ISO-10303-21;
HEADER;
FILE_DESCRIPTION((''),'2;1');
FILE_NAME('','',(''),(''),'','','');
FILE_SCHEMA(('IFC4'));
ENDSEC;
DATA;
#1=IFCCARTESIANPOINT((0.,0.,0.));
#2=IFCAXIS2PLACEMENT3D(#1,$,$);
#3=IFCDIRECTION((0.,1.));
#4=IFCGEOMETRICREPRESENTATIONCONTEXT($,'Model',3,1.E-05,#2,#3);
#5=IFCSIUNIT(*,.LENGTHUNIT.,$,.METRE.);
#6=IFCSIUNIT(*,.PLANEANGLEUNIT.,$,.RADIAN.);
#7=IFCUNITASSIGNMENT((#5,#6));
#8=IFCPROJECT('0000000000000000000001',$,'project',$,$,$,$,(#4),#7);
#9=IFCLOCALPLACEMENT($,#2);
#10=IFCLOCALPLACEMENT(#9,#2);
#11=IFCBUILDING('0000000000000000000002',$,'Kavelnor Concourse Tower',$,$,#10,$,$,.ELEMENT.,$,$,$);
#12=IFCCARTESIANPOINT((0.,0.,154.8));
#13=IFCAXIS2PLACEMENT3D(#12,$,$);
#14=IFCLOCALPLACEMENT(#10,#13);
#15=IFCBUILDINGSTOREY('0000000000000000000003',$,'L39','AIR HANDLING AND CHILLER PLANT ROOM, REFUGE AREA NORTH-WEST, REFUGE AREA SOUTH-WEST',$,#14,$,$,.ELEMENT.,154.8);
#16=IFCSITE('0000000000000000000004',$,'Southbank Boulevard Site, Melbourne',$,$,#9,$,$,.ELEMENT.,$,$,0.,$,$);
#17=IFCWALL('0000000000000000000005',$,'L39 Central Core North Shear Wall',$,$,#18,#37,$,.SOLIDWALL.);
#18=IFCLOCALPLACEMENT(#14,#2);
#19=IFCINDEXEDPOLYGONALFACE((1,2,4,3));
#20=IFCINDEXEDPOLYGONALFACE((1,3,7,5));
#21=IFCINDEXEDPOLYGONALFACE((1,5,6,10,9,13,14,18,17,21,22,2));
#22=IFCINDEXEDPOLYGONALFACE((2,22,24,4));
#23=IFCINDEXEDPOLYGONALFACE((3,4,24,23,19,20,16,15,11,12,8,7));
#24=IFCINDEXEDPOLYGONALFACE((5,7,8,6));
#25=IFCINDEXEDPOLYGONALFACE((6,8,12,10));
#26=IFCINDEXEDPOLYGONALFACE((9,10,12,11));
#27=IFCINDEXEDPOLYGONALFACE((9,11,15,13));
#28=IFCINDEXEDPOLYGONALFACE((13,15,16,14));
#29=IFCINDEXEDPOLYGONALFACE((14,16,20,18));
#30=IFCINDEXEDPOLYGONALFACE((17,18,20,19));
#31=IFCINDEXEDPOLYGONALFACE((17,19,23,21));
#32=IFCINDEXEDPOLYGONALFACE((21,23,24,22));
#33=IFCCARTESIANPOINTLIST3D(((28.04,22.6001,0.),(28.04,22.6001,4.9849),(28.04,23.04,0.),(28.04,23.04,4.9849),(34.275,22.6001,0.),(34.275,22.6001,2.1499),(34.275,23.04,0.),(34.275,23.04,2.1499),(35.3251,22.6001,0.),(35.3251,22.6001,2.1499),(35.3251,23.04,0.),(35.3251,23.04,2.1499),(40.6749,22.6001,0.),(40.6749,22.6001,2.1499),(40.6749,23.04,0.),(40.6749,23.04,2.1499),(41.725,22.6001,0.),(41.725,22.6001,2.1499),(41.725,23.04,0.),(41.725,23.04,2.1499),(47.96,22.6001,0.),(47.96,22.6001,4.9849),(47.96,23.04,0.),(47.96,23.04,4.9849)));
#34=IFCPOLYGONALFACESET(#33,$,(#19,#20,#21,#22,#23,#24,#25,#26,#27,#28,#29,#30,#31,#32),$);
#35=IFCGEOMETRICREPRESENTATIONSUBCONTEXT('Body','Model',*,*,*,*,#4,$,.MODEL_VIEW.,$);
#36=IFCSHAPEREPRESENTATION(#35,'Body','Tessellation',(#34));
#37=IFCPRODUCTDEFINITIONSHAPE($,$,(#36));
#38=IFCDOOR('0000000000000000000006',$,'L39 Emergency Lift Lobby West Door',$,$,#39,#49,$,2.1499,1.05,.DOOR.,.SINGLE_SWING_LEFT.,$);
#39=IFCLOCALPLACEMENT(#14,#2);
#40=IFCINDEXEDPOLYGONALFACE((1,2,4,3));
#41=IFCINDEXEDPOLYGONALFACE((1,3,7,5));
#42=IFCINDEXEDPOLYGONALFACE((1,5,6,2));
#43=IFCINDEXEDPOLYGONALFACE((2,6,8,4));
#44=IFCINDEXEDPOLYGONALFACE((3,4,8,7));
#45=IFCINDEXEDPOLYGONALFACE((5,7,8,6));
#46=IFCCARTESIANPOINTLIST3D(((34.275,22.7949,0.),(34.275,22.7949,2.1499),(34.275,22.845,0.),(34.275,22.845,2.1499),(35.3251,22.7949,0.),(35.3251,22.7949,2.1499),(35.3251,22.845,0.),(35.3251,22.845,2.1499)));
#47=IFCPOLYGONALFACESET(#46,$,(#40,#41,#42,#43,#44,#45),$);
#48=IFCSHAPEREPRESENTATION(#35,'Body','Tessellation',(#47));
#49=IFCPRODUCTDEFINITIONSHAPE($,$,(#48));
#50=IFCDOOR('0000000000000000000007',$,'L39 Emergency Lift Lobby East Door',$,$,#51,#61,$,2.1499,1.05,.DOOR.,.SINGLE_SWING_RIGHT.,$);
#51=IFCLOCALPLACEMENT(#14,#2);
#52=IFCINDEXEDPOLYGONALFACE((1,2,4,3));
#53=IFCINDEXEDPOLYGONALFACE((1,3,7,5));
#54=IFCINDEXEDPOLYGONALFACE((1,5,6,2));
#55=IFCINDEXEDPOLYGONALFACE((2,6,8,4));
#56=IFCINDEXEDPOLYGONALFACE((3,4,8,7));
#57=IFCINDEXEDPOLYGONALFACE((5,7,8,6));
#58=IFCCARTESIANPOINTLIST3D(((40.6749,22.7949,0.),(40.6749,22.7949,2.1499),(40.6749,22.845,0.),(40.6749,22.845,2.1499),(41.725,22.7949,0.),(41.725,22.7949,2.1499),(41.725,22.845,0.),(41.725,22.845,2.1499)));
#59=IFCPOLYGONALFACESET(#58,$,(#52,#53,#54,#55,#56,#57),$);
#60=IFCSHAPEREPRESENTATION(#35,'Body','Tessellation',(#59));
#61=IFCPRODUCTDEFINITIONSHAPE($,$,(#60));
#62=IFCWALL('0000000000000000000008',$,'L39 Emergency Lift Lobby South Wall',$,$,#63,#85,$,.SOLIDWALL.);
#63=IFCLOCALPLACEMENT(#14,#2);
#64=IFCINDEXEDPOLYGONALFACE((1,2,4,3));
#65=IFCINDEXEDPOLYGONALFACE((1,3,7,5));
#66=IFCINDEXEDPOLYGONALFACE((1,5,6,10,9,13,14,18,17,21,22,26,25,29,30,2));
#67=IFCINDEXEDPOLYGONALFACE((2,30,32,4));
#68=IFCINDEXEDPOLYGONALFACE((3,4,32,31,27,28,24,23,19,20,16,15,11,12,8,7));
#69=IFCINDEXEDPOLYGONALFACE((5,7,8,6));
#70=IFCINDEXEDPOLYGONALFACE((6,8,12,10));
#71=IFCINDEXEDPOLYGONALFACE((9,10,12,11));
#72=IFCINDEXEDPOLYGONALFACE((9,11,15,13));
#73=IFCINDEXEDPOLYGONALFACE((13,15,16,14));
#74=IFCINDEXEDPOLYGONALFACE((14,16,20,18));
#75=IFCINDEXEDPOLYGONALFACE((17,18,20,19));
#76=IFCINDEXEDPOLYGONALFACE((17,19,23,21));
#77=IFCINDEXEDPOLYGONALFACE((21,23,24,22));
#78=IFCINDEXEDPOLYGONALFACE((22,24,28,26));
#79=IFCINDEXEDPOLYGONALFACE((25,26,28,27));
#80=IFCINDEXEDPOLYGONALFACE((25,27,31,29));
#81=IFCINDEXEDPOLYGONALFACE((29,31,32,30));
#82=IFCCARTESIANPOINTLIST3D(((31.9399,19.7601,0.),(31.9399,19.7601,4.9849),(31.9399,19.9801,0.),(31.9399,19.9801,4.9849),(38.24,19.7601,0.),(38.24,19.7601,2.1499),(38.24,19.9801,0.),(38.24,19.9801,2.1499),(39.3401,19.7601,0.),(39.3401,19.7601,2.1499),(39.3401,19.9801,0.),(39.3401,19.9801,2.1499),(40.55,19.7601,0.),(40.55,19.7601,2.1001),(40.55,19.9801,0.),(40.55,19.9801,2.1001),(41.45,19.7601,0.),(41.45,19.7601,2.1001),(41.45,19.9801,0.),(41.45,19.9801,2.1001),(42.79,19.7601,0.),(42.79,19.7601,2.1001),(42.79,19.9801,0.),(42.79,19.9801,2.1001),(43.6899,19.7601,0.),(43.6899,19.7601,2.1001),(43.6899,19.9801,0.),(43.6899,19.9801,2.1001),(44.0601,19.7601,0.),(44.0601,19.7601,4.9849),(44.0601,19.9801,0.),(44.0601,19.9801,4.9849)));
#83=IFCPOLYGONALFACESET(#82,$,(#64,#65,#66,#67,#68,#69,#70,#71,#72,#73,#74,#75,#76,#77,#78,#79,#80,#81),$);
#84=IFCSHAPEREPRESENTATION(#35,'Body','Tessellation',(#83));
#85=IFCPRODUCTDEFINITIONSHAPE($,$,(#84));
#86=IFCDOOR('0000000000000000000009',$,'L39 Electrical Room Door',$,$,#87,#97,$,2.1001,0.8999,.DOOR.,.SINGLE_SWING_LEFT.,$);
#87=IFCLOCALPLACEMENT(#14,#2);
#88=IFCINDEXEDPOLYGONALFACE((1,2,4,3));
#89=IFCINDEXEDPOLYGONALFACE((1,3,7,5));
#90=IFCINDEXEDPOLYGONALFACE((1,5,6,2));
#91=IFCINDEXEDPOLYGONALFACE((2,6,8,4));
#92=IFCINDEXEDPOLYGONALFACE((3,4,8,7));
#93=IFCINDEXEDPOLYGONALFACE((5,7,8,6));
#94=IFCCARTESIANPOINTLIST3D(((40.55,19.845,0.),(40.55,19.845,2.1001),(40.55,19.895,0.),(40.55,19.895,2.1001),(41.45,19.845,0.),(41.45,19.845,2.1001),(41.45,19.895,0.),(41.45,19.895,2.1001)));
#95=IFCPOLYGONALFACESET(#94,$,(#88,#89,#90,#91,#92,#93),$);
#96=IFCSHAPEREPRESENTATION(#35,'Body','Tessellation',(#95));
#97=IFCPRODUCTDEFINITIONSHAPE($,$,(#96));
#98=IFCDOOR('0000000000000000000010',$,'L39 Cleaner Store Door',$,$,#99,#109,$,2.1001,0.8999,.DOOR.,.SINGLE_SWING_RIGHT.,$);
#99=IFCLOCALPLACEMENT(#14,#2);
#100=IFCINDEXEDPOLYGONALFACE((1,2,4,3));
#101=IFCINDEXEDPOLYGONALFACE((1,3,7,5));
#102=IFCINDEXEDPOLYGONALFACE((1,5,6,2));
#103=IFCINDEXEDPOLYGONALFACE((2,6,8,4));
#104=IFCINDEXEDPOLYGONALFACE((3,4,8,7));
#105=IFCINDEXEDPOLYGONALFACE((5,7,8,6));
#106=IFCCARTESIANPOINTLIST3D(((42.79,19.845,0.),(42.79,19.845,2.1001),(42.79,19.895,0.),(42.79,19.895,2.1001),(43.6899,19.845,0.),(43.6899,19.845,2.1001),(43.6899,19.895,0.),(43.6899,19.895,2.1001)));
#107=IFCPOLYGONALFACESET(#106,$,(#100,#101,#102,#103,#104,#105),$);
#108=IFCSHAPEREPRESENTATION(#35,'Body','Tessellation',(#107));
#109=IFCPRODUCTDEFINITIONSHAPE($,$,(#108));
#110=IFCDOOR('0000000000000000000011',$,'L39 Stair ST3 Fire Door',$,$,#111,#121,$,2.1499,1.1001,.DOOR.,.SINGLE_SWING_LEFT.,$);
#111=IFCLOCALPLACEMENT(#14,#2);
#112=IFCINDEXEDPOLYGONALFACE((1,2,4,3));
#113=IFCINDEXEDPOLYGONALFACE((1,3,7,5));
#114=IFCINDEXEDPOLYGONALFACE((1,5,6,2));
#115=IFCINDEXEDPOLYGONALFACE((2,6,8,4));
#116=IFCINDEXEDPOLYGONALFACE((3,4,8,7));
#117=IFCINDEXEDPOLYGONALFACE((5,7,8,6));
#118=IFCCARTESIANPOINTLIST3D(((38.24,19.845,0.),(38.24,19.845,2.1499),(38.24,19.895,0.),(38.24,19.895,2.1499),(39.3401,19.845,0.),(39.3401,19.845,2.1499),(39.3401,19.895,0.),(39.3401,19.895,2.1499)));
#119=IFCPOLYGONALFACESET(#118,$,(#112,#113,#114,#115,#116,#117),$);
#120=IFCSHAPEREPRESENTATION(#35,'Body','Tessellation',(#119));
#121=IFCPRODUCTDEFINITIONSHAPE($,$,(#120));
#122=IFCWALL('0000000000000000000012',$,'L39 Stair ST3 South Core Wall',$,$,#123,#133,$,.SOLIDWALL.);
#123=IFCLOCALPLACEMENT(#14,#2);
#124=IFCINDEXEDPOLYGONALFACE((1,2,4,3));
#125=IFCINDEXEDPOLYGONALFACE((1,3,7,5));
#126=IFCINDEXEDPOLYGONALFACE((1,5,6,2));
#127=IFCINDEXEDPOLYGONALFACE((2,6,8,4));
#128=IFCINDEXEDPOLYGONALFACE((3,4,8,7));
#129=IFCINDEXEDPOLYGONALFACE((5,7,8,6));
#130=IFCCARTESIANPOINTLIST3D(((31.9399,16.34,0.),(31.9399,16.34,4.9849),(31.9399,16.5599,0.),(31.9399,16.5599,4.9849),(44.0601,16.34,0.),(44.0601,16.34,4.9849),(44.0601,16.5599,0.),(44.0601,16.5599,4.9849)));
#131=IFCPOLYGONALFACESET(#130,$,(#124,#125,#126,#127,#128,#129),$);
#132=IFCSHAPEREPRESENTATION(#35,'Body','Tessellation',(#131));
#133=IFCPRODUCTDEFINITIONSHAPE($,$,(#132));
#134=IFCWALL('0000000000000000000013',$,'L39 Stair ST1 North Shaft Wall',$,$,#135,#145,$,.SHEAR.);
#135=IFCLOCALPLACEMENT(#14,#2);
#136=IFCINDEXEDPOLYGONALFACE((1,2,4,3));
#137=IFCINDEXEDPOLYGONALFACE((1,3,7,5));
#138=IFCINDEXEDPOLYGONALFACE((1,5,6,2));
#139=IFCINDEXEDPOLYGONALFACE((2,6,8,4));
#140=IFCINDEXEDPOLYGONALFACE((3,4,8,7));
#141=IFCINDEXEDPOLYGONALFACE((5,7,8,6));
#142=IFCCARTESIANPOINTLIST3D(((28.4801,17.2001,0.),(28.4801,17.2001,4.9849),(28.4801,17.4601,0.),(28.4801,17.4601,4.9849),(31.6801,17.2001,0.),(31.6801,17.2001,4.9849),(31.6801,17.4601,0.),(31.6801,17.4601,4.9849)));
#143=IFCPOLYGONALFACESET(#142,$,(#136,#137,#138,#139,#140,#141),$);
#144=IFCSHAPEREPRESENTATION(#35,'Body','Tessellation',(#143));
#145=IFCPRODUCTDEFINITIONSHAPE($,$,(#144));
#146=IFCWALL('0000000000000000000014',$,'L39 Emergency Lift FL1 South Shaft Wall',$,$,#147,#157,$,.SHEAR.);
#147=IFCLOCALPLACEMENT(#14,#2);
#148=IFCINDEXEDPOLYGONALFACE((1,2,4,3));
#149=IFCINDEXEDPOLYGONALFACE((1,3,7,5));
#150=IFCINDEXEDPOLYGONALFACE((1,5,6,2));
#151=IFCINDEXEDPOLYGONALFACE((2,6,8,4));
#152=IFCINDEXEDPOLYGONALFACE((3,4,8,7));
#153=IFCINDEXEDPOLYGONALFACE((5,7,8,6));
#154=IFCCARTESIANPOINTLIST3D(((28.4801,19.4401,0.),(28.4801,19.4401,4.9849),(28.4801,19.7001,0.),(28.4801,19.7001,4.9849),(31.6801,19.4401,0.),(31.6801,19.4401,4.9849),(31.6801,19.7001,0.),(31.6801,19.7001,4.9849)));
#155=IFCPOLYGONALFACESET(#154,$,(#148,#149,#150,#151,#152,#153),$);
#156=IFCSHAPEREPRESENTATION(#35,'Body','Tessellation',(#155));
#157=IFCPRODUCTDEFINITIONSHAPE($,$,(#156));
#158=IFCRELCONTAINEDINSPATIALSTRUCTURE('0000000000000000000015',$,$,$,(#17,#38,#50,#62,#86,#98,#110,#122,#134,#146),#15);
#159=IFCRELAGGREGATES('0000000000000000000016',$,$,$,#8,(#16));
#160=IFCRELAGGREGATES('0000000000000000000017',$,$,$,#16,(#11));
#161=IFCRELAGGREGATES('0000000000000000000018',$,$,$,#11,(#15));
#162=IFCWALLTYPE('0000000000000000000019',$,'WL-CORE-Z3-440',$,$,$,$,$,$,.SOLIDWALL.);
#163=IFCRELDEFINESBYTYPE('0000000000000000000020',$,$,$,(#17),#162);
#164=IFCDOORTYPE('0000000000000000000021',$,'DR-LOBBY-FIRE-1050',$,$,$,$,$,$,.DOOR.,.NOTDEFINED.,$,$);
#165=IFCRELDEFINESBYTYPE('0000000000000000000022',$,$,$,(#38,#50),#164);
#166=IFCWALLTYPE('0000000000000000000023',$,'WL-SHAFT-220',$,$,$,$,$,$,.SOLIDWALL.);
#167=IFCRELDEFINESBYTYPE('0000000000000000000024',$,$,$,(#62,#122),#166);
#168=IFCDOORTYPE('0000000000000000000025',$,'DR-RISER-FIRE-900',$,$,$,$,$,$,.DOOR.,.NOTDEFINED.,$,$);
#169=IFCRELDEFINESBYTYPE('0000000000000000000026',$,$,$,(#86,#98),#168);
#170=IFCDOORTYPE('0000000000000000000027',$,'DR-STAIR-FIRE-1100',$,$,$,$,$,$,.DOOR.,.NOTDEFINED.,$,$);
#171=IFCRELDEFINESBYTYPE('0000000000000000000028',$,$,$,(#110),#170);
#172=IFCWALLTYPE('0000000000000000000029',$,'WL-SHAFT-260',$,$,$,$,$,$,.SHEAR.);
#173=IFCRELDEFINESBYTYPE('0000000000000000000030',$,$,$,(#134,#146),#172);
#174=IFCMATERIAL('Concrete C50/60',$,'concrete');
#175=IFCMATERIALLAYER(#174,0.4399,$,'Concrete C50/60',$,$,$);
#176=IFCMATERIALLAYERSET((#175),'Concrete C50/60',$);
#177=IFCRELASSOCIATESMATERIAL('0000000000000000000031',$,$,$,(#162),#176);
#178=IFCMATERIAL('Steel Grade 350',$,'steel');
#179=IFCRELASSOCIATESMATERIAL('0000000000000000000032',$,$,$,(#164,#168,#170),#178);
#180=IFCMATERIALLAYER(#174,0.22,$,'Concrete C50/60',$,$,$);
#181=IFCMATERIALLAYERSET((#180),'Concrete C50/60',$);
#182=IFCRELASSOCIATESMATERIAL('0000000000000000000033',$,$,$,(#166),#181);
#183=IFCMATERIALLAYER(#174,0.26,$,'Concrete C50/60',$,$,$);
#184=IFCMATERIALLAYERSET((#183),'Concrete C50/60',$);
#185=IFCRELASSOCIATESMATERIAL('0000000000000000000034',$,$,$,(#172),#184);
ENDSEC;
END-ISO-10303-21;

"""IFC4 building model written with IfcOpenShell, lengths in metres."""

from ifc_helpers import new_model, si_unit, direction, frame, frame_2d, origin, place, context, subcontext, project, spatial, rectangle, extrude, material, layer, layer_set, type_object, element, fill, save


model = new_model("IFC4")

# Units and contexts
model_context = context("Model", 3, precision=1e-05, world=origin(), true_north=direction((0.0, 1.0)))
body_context = subcontext(model_context, "Body", "Model", "MODEL_VIEW")
ifc_project = project(units=[si_unit("LENGTHUNIT", "METRE"), si_unit("PLANEANGLEUNIT", "RADIAN")], contexts=[model_context])

# Site, building, storey
site_placement = place(None, origin())
site = spatial("IfcSite", under=ifc_project, at=site_placement, Name="Southbank Boulevard Site, Melbourne", CompositionType="ELEMENT", RefElevation=0.0)
building_placement = place(site_placement, origin())
building = spatial("IfcBuilding", under=site, at=building_placement, Name="Kavelnor Concourse Tower", CompositionType="ELEMENT")
storey_placement = place(building_placement, frame((0.0, 0.0, 154.8)))
storey = spatial("IfcBuildingStorey", under=building, at=storey_placement, Name="L39", Description="AIR HANDLING AND CHILLER PLANT ROOM, REFUGE AREA NORTH-WEST, REFUGE AREA SOUTH-WEST", CompositionType="ELEMENT", Elevation=154.8)

# Shared definitions
ifc_material_1 = material(Name="Steel Grade 350", Category="steel")

# Walls, openings, doors
ifc_material_2 = material(Name="Concrete C50/60", Category="concrete")
ifc_layer_1 = layer(ifc_material_2, 0.4399, Name="Concrete C50/60")
ifc_layer_set_1 = layer_set([ifc_layer_1], Name="Concrete C50/60")
wall_type_1 = type_object("IfcWallType", Name="WL-CORE-Z3-440", PredefinedType="SOLIDWALL", material=ifc_layer_set_1)
wall_1_placement = place(storey_placement, frame((28.04, 22.8201, 0.0), z_axis=(0.0, 0.0, 1.0), x_axis=(1.0, 0.0, 0.0)))
wall_1 = element("IfcWall", 1, at=wall_1_placement, inside=storey, type_object=wall_type_1, Name="L39 Central Core North Shear Wall", PredefinedType="SOLIDWALL", context=body_context, shape_type="SweptSolid", body=[
    extrude(rectangle(XDim=19.9199, YDim=0.4399, at=frame_2d((9.96, 0.0))), origin(), (0.0, 0.0, 1.0), 4.9849),
])
opening_1_placement = place(wall_1_placement, frame((6.2351, 0.0, 0.0)))
opening_1 = element("IfcOpeningElement", 2, at=opening_1_placement, cuts=wall_1, PredefinedType="OPENING", context=body_context, shape_type="SweptSolid", body=[
    extrude(rectangle(XDim=1.05, YDim=2.1499, at=frame_2d((0.5249, 1.075))), frame((0.0, 0.23, 0.0), z_axis=(0.0, -1.0, 0.0), x_axis=(1.0, 0.0, 0.0)), (0.0, 0.0, 1.0), 0.46),
])
opening_2_placement = place(wall_1_placement, frame((12.635, 0.0, 0.0)))
opening_2 = element("IfcOpeningElement", 3, at=opening_2_placement, cuts=wall_1, PredefinedType="OPENING", context=body_context, shape_type="SweptSolid", body=[
    extrude(rectangle(XDim=1.05, YDim=2.1499, at=frame_2d((0.5249, 1.075))), frame((0.0, 0.23, 0.0), z_axis=(0.0, -1.0, 0.0), x_axis=(1.0, 0.0, 0.0)), (0.0, 0.0, 1.0), 0.46),
])
door_type_1 = type_object("IfcDoorType", Name="DR-LOBBY-FIRE-1050", OperationType="NOTDEFINED", PredefinedType="DOOR", material=ifc_material_1)
door_1_placement = place(opening_1_placement, origin())
door_1 = element("IfcDoor", 4, at=door_1_placement, inside=storey, type_object=door_type_1, Name="L39 Emergency Lift Lobby West Door", OperationType="SINGLE_SWING_LEFT", OverallHeight=2.1499, OverallWidth=1.05, PredefinedType="DOOR", context=body_context, shape_type="SweptSolid", body=[
    extrude(rectangle(XDim=1.05, YDim=2.1499, at=frame_2d((0.5249, 1.075))), frame((0.0, 0.0249, 0.0), z_axis=(0.0, -1.0, 0.0), x_axis=(1.0, 0.0, 0.0)), (0.0, 0.0, 1.0), 0.05),
])
fill(opening_1, door_1)
door_2_placement = place(opening_2_placement, origin())
door_2 = element("IfcDoor", 5, at=door_2_placement, inside=storey, type_object=door_type_1, Name="L39 Emergency Lift Lobby East Door", OperationType="SINGLE_SWING_RIGHT", OverallHeight=2.1499, OverallWidth=1.05, PredefinedType="DOOR", context=body_context, shape_type="SweptSolid", body=[
    extrude(rectangle(XDim=1.05, YDim=2.1499, at=frame_2d((0.5249, 1.075))), frame((0.0, 0.0249, 0.0), z_axis=(0.0, -1.0, 0.0), x_axis=(1.0, 0.0, 0.0)), (0.0, 0.0, 1.0), 0.05),
])
fill(opening_2, door_2)
ifc_layer_2 = layer(ifc_material_2, 0.22, Name="Concrete C50/60")
ifc_layer_set_2 = layer_set([ifc_layer_2], Name="Concrete C50/60")
wall_type_2 = type_object("IfcWallType", Name="WL-SHAFT-220", PredefinedType="SOLIDWALL", material=ifc_layer_set_2)
wall_2_placement = place(storey_placement, frame((31.9399, 19.8701, 0.0), z_axis=(0.0, 0.0, 1.0), x_axis=(1.0, 0.0, 0.0)))
wall_2 = element("IfcWall", 6, at=wall_2_placement, inside=storey, type_object=wall_type_2, Name="L39 Emergency Lift Lobby South Wall", PredefinedType="SOLIDWALL", context=body_context, shape_type="SweptSolid", body=[
    extrude(rectangle(XDim=12.1201, YDim=0.22, at=frame_2d((6.0601, 0.0))), origin(), (0.0, 0.0, 1.0), 4.9849),
])
opening_3_placement = place(wall_2_placement, frame((6.3, 0.0, 0.0)))
opening_3 = element("IfcOpeningElement", 7, at=opening_3_placement, cuts=wall_2, PredefinedType="OPENING", context=body_context, shape_type="SweptSolid", body=[
    extrude(rectangle(XDim=1.1001, YDim=2.1499, at=frame_2d((0.55, 1.075))), frame((0.0, 0.1201, 0.0), z_axis=(0.0, -1.0, 0.0), x_axis=(1.0, 0.0, 0.0)), (0.0, 0.0, 1.0), 0.24),
])
opening_4_placement = place(wall_2_placement, frame((8.6101, 0.0, 0.0)))
opening_4 = element("IfcOpeningElement", 8, at=opening_4_placement, cuts=wall_2, PredefinedType="OPENING", context=body_context, shape_type="SweptSolid", body=[
    extrude(rectangle(XDim=0.8999, YDim=2.1001, at=frame_2d((0.45, 1.05))), frame((0.0, 0.1201, 0.0), z_axis=(0.0, -1.0, 0.0), x_axis=(1.0, 0.0, 0.0)), (0.0, 0.0, 1.0), 0.24),
])
opening_5_placement = place(wall_2_placement, frame((10.8501, 0.0, 0.0)))
opening_5 = element("IfcOpeningElement", 9, at=opening_5_placement, cuts=wall_2, PredefinedType="OPENING", context=body_context, shape_type="SweptSolid", body=[
    extrude(rectangle(XDim=0.8999, YDim=2.1001, at=frame_2d((0.45, 1.05))), frame((0.0, 0.1201, 0.0), z_axis=(0.0, -1.0, 0.0), x_axis=(1.0, 0.0, 0.0)), (0.0, 0.0, 1.0), 0.24),
])
door_type_2 = type_object("IfcDoorType", Name="DR-RISER-FIRE-900", OperationType="NOTDEFINED", PredefinedType="DOOR", material=ifc_material_1)
door_3_placement = place(opening_4_placement, origin())
door_3 = element("IfcDoor", 10, at=door_3_placement, inside=storey, type_object=door_type_2, Name="L39 Electrical Room Door", OperationType="SINGLE_SWING_LEFT", OverallHeight=2.1001, OverallWidth=0.8999, PredefinedType="DOOR", context=body_context, shape_type="SweptSolid", body=[
    extrude(rectangle(XDim=0.8999, YDim=2.1001, at=frame_2d((0.45, 1.05))), frame((0.0, 0.0249, 0.0), z_axis=(0.0, -1.0, 0.0), x_axis=(1.0, 0.0, 0.0)), (0.0, 0.0, 1.0), 0.05),
])
fill(opening_4, door_3)
door_4_placement = place(opening_5_placement, origin())
door_4 = element("IfcDoor", 11, at=door_4_placement, inside=storey, type_object=door_type_2, Name="L39 Cleaner Store Door", OperationType="SINGLE_SWING_RIGHT", OverallHeight=2.1001, OverallWidth=0.8999, PredefinedType="DOOR", context=body_context, shape_type="SweptSolid", body=[
    extrude(rectangle(XDim=0.8999, YDim=2.1001, at=frame_2d((0.45, 1.05))), frame((0.0, 0.0249, 0.0), z_axis=(0.0, -1.0, 0.0), x_axis=(1.0, 0.0, 0.0)), (0.0, 0.0, 1.0), 0.05),
])
fill(opening_5, door_4)
door_type_3 = type_object("IfcDoorType", Name="DR-STAIR-FIRE-1100", OperationType="NOTDEFINED", PredefinedType="DOOR", material=ifc_material_1)
door_5_placement = place(opening_3_placement, origin())
door_5 = element("IfcDoor", 12, at=door_5_placement, inside=storey, type_object=door_type_3, Name="L39 Stair ST3 Fire Door", OperationType="SINGLE_SWING_LEFT", OverallHeight=2.1499, OverallWidth=1.1001, PredefinedType="DOOR", context=body_context, shape_type="SweptSolid", body=[
    extrude(rectangle(XDim=1.1001, YDim=2.1499, at=frame_2d((0.55, 1.075))), frame((0.0, 0.0249, 0.0), z_axis=(0.0, -1.0, 0.0), x_axis=(1.0, 0.0, 0.0)), (0.0, 0.0, 1.0), 0.05),
])
fill(opening_3, door_5)

# Walls
wall_3_placement = place(storey_placement, frame((31.9399, 16.45, 0.0), z_axis=(0.0, 0.0, 1.0), x_axis=(1.0, 0.0, 0.0)))
element("IfcWall", 13, at=wall_3_placement, inside=storey, type_object=wall_type_2, Name="L39 Stair ST3 South Core Wall", PredefinedType="SOLIDWALL", context=body_context, shape_type="SweptSolid", body=[
    extrude(rectangle(XDim=12.1201, YDim=0.22, at=frame_2d((6.0601, 0.0))), origin(), (0.0, 0.0, 1.0), 4.9849),
])
ifc_layer_3 = layer(ifc_material_2, 0.26, Name="Concrete C50/60")
ifc_layer_set_3 = layer_set([ifc_layer_3], Name="Concrete C50/60")
wall_type_3 = type_object("IfcWallType", Name="WL-SHAFT-260", PredefinedType="SHEAR", material=ifc_layer_set_3)
for number, where, z_axis, x_axis, name in (
    (14, (28.48, 17.3301, 0.0), (0.0, 0.0, 1.0), (1.0, 0.0, 0.0), "L39 Stair ST1 North Shaft Wall"),
    (15, (28.48, 19.5701, 0.0), (0.0, 0.0, 1.0), (1.0, 0.0, 0.0), "L39 Emergency Lift FL1 South Shaft Wall"),
):
    element("IfcWall", number, at=place(storey_placement, frame(where, z_axis=z_axis, x_axis=x_axis)), inside=storey, type_object=wall_type_3, Name=name, PredefinedType="SHEAR", context=body_context, shape_type="SweptSolid", body=[
        extrude(rectangle(XDim=3.2, YDim=0.26, at=frame_2d((1.6001, 0.0))), origin(), (0.0, 0.0, 1.0), 4.9849),
    ])

save(model, "model.ifc")
